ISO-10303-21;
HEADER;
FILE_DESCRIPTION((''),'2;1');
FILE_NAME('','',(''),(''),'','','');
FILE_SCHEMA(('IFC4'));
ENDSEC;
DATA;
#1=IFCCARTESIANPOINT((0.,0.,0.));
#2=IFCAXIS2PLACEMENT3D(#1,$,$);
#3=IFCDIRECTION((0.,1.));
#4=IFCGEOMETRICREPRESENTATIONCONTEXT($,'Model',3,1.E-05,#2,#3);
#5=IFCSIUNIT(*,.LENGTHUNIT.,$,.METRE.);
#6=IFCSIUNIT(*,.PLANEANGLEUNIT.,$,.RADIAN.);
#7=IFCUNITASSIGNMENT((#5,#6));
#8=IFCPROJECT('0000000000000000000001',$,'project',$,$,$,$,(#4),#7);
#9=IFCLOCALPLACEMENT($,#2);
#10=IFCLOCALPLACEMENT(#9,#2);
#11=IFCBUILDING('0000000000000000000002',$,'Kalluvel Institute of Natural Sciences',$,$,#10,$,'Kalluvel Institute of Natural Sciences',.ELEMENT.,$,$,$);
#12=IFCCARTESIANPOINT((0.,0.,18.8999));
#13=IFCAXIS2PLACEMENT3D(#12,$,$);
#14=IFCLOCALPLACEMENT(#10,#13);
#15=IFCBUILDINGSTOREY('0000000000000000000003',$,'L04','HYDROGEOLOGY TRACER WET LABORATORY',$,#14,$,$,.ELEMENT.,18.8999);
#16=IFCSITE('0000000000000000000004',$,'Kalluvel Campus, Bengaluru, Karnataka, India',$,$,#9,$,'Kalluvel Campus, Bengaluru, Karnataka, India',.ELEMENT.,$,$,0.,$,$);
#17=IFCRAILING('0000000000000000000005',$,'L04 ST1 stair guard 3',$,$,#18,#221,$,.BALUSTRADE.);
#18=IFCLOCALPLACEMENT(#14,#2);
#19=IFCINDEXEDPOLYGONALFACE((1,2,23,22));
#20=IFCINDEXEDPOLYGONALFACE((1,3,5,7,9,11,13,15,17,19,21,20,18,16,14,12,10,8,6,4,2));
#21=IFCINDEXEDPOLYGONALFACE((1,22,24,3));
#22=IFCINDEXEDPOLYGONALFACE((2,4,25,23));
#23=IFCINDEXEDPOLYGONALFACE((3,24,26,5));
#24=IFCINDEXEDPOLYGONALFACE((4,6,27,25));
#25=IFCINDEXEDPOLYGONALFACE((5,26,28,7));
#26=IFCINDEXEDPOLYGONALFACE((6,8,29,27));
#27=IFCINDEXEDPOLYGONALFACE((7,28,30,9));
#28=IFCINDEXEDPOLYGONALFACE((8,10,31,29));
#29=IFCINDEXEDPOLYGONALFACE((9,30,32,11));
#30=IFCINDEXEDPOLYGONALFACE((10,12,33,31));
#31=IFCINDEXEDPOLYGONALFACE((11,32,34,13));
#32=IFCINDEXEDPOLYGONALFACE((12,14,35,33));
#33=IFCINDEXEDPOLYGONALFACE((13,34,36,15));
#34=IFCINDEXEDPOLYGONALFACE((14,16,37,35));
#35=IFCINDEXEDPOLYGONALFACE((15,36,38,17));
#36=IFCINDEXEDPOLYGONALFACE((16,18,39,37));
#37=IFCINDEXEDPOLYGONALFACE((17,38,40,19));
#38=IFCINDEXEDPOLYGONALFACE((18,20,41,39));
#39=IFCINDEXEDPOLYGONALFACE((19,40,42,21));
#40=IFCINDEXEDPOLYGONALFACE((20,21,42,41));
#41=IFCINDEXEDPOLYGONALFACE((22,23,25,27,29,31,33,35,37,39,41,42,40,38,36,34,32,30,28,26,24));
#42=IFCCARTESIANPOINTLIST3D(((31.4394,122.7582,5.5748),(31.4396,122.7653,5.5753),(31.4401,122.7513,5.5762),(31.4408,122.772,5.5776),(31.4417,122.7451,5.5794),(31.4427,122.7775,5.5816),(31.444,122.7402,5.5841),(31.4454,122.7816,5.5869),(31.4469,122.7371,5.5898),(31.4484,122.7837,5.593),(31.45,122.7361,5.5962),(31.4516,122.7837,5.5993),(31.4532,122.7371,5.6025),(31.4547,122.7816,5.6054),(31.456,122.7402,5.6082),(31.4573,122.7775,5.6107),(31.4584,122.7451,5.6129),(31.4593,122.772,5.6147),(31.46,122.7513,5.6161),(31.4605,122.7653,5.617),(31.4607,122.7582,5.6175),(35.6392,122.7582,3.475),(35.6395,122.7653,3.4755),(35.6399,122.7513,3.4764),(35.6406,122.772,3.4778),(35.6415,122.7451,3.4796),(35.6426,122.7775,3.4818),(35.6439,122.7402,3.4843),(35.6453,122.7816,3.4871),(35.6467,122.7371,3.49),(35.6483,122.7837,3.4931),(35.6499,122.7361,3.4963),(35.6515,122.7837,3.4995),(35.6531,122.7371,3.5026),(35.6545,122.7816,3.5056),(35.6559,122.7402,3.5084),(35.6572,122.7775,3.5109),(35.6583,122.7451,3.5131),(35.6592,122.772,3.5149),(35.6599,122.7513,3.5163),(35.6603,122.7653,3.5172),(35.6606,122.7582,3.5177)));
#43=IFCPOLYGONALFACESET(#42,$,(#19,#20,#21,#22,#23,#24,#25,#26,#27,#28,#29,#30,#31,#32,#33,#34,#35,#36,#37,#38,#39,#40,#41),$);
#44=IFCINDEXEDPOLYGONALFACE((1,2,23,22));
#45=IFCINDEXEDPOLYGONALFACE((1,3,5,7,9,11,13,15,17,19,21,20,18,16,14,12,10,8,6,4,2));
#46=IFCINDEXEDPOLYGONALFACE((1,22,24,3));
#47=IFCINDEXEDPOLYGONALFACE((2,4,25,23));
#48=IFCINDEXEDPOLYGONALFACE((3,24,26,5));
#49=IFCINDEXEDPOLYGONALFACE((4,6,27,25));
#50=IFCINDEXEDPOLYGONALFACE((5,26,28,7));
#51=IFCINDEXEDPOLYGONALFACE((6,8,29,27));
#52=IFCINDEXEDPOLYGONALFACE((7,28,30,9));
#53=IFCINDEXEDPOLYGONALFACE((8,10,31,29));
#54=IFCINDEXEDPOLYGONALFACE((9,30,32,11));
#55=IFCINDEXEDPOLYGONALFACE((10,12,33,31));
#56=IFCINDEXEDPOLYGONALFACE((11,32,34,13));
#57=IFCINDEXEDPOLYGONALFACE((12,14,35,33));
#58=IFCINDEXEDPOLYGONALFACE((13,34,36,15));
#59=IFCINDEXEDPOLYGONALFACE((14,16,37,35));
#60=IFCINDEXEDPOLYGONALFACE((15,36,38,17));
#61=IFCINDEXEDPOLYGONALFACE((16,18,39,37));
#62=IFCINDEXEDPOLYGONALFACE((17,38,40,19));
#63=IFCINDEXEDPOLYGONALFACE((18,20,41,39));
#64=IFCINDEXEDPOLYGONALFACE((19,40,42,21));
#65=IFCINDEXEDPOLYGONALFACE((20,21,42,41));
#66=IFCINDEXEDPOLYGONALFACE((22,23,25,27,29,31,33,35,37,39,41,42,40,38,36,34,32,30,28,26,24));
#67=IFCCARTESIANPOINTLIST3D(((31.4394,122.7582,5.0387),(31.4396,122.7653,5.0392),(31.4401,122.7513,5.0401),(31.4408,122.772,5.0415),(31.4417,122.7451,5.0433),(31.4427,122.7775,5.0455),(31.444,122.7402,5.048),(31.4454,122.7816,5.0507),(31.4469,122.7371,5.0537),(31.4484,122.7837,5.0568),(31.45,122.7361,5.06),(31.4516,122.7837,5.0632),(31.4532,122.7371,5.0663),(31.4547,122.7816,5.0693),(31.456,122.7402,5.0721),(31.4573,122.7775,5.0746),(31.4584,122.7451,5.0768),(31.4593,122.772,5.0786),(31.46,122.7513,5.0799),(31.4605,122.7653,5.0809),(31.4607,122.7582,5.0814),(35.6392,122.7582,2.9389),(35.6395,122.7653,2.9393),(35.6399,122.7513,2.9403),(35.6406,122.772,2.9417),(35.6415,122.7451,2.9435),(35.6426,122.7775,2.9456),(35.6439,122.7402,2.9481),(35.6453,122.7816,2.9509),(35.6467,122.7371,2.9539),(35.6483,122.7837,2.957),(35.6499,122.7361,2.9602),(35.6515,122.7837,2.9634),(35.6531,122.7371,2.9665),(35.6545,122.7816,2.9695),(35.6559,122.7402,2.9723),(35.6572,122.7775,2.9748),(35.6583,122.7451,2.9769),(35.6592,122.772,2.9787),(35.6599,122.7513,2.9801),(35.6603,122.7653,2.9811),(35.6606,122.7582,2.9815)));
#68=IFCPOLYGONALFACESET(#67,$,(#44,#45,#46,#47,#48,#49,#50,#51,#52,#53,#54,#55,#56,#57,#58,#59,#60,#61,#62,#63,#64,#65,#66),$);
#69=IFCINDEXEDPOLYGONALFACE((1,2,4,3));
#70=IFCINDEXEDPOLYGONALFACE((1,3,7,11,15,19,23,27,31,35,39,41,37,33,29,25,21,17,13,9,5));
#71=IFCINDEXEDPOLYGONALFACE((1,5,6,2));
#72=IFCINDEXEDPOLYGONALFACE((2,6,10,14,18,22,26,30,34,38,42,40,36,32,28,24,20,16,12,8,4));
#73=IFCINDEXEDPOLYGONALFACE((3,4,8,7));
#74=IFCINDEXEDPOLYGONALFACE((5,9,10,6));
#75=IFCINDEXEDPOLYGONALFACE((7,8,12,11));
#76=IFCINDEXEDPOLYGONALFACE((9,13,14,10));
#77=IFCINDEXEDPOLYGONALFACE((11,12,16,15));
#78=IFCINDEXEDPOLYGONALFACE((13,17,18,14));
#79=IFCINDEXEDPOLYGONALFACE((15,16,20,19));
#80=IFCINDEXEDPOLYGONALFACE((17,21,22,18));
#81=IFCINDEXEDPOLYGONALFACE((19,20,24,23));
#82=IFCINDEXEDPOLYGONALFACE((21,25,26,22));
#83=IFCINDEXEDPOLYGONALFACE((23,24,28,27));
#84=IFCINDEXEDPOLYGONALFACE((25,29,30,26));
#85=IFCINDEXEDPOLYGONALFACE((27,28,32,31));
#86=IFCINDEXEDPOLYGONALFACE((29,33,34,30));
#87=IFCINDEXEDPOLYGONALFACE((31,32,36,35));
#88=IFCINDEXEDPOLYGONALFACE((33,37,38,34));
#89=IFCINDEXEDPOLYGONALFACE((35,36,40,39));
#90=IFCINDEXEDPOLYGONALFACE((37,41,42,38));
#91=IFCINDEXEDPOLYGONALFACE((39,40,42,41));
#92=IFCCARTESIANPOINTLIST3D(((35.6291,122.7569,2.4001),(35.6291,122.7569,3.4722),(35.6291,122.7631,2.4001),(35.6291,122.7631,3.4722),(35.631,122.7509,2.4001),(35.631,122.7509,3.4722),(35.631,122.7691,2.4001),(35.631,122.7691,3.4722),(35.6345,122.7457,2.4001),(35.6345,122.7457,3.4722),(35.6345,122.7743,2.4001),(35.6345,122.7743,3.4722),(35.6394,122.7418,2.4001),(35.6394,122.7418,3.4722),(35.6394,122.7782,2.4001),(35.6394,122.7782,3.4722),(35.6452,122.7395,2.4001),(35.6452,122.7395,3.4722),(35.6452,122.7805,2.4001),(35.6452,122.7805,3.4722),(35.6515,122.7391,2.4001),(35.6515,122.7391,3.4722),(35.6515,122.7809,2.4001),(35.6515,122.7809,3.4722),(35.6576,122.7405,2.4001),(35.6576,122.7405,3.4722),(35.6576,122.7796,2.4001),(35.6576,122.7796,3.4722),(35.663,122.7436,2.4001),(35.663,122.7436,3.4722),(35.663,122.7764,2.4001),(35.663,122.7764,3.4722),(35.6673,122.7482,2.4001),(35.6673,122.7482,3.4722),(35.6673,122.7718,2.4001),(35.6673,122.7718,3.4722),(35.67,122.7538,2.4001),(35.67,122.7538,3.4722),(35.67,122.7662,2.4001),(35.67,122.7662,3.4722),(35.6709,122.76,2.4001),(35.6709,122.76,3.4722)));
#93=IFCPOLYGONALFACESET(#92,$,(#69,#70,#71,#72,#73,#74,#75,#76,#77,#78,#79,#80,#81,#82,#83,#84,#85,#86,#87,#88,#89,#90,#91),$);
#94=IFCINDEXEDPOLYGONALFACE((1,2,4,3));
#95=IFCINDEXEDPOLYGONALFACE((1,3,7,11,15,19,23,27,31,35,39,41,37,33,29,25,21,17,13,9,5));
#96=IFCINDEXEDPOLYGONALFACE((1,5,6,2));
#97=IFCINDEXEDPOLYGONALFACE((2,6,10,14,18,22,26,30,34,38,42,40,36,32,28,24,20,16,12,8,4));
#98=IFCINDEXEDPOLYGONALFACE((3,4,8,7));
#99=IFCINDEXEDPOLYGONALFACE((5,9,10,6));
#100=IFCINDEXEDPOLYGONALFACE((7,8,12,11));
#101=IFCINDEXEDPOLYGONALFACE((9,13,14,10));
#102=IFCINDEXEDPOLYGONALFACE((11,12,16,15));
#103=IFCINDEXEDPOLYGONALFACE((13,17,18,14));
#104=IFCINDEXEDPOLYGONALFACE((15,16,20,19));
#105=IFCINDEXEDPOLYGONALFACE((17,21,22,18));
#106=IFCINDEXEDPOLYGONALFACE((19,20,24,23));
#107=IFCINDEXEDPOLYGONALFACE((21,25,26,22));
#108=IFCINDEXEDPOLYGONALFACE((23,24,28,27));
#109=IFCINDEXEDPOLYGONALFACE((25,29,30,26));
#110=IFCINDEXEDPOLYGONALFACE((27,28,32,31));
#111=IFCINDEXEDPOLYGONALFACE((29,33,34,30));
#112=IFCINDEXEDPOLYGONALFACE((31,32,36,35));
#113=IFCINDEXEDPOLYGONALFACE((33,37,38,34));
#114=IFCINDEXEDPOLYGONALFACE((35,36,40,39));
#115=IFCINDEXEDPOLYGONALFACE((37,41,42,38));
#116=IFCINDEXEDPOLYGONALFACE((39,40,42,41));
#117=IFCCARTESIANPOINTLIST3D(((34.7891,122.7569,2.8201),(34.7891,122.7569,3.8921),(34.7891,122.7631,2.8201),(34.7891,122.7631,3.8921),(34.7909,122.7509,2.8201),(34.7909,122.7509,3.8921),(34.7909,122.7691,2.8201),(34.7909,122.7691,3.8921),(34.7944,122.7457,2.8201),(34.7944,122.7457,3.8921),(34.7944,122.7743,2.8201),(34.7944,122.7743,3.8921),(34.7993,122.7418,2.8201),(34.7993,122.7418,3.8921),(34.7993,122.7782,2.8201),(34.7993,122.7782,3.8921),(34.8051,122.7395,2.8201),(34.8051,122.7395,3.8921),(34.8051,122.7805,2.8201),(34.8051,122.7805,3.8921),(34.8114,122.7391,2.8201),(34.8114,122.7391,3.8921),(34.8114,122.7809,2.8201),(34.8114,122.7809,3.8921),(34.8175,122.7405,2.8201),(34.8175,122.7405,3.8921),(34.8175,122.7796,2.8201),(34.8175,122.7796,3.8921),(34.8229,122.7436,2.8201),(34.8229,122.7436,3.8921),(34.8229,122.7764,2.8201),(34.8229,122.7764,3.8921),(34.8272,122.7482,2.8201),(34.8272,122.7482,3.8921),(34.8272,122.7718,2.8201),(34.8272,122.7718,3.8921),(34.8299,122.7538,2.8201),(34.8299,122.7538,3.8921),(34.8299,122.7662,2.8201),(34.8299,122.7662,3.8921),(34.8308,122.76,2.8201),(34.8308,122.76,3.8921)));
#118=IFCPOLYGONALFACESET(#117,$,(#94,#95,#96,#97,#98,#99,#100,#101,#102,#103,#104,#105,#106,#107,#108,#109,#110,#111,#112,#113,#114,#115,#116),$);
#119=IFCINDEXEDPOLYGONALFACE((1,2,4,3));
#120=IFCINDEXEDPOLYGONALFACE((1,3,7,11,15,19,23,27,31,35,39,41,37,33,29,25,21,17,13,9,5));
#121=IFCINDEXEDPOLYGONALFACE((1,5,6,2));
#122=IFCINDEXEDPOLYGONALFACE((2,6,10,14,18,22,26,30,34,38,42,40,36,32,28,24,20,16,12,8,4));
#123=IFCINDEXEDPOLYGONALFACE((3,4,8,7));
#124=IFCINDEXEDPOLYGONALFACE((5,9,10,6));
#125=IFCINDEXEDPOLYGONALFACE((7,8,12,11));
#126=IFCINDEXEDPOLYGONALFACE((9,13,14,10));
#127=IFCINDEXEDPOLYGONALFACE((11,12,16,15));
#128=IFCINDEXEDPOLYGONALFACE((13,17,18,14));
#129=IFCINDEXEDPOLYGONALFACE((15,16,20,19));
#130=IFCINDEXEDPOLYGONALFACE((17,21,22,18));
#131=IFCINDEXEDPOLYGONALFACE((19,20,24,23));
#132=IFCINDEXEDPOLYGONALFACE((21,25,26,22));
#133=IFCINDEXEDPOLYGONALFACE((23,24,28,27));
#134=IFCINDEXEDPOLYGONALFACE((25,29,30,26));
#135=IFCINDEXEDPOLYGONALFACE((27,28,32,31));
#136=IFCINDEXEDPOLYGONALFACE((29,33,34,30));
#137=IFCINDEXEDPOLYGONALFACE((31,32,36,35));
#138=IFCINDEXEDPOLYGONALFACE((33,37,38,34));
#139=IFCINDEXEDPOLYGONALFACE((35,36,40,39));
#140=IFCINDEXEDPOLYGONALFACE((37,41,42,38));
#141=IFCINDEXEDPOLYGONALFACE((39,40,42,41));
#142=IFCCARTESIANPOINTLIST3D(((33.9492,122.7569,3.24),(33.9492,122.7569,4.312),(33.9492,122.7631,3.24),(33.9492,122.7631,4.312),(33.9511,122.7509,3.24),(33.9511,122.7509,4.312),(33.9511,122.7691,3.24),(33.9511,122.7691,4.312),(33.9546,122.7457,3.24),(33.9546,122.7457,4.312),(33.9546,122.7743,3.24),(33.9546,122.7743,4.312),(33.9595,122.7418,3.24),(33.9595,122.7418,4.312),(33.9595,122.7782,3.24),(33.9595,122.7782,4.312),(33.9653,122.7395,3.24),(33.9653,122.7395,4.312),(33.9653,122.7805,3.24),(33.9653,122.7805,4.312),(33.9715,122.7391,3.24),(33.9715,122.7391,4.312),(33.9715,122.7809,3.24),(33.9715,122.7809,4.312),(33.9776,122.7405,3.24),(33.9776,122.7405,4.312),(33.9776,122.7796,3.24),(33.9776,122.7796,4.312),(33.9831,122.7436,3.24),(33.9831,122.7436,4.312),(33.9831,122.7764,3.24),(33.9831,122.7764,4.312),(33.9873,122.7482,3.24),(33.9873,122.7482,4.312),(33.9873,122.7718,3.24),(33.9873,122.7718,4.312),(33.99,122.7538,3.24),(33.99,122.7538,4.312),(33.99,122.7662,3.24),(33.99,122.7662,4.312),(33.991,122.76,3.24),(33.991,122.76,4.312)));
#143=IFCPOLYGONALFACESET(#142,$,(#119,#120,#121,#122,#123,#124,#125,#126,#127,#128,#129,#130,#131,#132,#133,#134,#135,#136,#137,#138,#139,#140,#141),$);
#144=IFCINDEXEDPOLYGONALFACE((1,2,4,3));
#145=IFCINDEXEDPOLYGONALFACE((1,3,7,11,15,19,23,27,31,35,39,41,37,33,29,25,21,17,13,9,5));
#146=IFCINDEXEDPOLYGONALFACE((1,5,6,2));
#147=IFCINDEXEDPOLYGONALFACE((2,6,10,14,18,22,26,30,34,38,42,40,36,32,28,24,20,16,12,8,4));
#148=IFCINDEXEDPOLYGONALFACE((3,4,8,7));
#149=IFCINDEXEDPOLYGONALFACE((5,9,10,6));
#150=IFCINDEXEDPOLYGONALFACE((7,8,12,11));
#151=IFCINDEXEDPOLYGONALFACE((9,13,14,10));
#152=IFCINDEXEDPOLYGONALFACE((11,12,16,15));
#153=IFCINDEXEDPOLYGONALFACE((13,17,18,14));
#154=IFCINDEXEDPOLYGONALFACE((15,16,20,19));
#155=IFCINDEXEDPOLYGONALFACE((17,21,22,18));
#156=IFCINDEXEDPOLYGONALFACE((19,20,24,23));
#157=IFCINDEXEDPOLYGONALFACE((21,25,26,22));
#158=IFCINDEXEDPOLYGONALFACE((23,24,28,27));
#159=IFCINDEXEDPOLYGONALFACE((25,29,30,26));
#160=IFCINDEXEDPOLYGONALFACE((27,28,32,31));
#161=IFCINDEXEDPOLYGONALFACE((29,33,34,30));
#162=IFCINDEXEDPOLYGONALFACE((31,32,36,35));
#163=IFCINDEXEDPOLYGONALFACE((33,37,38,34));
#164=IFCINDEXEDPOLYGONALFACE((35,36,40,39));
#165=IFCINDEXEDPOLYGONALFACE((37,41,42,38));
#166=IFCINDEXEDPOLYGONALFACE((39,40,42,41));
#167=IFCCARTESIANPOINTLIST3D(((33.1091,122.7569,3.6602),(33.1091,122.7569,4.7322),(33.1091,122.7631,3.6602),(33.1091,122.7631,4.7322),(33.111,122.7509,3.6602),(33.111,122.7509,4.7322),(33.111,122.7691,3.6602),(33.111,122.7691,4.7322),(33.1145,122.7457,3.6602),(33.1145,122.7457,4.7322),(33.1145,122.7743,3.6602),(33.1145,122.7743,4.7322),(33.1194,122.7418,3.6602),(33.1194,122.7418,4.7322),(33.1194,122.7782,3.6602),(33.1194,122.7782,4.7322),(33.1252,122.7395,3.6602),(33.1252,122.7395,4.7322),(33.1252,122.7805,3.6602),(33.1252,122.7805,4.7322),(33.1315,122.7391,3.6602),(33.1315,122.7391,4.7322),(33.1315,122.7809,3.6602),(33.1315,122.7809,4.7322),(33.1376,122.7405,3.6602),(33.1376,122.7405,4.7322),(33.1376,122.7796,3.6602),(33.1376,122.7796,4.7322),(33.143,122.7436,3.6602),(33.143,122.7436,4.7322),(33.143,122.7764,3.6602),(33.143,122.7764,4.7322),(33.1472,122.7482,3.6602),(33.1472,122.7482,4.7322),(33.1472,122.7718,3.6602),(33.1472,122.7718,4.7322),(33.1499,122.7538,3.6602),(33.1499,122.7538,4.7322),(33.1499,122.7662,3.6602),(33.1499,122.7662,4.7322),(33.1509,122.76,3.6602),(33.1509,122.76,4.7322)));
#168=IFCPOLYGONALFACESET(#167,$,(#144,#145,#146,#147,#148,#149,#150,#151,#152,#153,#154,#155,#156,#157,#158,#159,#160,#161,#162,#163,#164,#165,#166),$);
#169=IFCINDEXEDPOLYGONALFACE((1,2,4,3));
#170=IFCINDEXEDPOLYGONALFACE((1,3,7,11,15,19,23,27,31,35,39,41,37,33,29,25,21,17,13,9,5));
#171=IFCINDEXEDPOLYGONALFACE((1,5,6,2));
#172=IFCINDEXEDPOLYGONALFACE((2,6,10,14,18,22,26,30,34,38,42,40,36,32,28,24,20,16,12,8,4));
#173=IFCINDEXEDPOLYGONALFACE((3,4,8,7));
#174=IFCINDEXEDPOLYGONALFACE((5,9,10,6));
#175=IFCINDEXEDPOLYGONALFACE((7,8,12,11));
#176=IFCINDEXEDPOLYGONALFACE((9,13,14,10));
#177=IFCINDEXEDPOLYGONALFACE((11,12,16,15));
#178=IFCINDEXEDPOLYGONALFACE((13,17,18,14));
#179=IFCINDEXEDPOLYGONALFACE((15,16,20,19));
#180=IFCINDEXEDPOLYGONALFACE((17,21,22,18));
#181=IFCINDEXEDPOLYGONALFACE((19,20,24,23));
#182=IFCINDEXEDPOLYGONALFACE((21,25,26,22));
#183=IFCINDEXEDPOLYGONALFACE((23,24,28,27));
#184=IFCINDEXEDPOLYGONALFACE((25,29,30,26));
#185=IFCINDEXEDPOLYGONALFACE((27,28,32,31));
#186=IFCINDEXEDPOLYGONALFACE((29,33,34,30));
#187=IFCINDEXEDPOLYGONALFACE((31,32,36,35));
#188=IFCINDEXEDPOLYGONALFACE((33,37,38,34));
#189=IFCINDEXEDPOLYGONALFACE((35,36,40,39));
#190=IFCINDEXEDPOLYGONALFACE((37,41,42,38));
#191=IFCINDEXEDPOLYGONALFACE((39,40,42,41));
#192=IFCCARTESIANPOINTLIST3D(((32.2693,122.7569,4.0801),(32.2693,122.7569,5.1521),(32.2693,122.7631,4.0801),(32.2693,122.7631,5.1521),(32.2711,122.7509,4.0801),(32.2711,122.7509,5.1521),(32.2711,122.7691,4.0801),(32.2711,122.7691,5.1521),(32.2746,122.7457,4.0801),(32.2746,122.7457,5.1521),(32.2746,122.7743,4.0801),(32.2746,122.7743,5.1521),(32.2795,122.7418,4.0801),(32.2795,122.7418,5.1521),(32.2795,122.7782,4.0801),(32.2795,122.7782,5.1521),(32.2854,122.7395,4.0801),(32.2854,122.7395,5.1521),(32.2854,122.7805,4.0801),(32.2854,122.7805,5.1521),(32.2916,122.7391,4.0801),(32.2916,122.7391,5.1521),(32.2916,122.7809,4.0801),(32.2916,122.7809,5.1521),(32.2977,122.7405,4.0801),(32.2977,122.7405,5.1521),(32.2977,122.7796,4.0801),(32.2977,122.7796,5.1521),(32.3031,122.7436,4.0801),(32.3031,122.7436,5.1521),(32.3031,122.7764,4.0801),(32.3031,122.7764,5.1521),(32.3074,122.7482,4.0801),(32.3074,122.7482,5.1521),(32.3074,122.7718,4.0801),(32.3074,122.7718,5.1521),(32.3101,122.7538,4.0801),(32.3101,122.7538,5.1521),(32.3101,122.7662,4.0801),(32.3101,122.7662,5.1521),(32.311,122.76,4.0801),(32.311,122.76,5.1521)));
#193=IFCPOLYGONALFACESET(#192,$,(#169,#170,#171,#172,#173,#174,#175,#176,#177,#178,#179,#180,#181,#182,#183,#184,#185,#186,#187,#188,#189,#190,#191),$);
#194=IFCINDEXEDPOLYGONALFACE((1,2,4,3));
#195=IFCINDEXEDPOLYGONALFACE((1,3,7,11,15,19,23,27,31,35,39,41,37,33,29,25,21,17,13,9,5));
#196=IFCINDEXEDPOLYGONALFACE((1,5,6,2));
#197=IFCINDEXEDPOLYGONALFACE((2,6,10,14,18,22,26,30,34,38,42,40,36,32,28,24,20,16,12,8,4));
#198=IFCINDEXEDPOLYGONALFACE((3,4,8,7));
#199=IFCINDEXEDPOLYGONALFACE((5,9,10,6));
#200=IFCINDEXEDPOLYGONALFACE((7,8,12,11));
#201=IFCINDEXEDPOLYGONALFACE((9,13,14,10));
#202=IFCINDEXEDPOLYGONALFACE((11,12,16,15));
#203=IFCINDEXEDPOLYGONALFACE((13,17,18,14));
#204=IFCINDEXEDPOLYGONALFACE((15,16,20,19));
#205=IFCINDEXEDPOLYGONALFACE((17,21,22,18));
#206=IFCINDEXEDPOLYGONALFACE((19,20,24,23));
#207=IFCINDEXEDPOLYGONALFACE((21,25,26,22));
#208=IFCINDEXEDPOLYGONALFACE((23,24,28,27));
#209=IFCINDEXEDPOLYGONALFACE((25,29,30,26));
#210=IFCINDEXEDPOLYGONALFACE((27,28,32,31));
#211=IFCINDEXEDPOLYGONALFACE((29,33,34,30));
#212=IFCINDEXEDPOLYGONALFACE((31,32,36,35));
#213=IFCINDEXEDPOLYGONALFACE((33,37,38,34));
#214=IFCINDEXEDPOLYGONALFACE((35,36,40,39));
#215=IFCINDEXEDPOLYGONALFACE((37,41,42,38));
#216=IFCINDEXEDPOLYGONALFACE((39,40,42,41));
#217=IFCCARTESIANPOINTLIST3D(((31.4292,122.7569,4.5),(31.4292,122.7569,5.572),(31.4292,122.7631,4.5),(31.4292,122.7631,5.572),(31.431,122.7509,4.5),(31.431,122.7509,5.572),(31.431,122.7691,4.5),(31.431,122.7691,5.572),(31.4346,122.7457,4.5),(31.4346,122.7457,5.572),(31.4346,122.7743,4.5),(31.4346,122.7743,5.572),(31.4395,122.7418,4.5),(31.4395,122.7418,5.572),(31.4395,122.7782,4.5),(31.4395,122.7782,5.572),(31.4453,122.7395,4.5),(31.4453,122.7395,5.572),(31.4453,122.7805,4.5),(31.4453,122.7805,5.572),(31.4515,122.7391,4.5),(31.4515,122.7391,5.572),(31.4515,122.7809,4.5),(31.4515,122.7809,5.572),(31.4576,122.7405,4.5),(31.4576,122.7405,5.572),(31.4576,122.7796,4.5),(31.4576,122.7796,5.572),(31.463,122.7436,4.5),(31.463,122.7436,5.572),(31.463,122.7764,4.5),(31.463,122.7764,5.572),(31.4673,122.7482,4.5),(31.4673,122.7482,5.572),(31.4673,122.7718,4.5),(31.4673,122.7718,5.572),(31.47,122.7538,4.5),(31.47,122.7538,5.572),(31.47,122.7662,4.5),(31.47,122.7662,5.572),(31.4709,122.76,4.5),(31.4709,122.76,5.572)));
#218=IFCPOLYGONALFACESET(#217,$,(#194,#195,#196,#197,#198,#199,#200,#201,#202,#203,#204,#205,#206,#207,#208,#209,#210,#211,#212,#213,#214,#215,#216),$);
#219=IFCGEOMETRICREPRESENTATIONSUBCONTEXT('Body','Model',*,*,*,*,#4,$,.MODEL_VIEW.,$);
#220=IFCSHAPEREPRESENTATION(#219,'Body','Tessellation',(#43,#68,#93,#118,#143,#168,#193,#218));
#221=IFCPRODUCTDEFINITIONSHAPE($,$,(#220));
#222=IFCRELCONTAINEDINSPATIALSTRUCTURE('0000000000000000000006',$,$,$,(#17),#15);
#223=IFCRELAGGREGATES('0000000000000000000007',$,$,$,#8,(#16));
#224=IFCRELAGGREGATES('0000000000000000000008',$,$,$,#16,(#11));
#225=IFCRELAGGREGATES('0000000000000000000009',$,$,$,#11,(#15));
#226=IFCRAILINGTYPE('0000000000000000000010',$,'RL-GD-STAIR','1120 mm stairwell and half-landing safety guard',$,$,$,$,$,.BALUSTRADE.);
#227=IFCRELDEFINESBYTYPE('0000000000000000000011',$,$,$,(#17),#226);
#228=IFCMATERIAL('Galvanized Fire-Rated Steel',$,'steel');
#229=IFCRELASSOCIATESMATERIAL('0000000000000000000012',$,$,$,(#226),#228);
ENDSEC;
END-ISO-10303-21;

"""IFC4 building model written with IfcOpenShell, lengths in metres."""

from ifc_helpers import new_model, si_unit, direction, frame, origin, origin_2d, place, context, subcontext, project, spatial, circle, extrude, material, type_object, element, save


model = new_model("IFC4")

# Units and contexts
model_context = context("Model", 3, precision=1e-05, world=origin(), true_north=direction((0.0, 1.0)))
body_context = subcontext(model_context, "Body", "Model", "MODEL_VIEW")
ifc_project = project(units=[si_unit("LENGTHUNIT", "METRE"), si_unit("PLANEANGLEUNIT", "RADIAN")], contexts=[model_context])

# Site, building, storey
site_placement = place(None, origin())
site = spatial("IfcSite", under=ifc_project, at=site_placement, Name="Kalluvel Campus, Bengaluru, Karnataka, India", LongName="Kalluvel Campus, Bengaluru, Karnataka, India", CompositionType="ELEMENT", RefElevation=0.0)
building_placement = place(site_placement, origin())
building = spatial("IfcBuilding", under=site, at=building_placement, Name="Kalluvel Institute of Natural Sciences", LongName="Kalluvel Institute of Natural Sciences", CompositionType="ELEMENT")
storey_placement = place(building_placement, frame((0.0, 0.0, 18.8999)))
storey = spatial("IfcBuildingStorey", under=building, at=storey_placement, Name="L04", Description="HYDROGEOLOGY TRACER WET LABORATORY", CompositionType="ELEMENT", Elevation=18.8999)

# Shared definitions
ifc_material_1 = material(Name="Galvanized Fire-Rated Steel", Category="steel")

# Railing
railing_type_1 = type_object("IfcRailingType", Name="RL-GD-STAIR", Description="1120 mm stairwell and half-landing safety guard", PredefinedType="BALUSTRADE", material=ifc_material_1)
railing_1_placement = place(storey_placement, frame((35.6499, 122.76, 2.4001)))
element("IfcRailing", 1, at=railing_1_placement, inside=storey, type_object=railing_type_1, Name="L04 ST1 stair guard 3", PredefinedType="BALUSTRADE", context=body_context, shape_type="SweptSolid", body=[
    extrude(circle(Radius=0.0239, at=origin_2d()), frame((0.0, 0.0, 1.0962), z_axis=(-0.894438, 0.0, 0.447193), x_axis=(0.0, -1.0, 0.0)), (0.0, 0.0, 1.0), 4.6956),
    extrude(circle(Radius=0.0239, at=origin_2d()), frame((0.0, 0.0, 0.5601), z_axis=(-0.894438, 0.0, 0.447193), x_axis=(0.0, -1.0, 0.0)), (0.0, 0.0, 1.0), 4.6956),
    extrude(circle(Radius=0.021, at=origin_2d()), origin(), (0.0, 0.0, 1.0), 1.072),
    extrude(circle(Radius=0.021, at=origin_2d()), frame((-0.8401, 0.0, 0.4199)), (0.0, 0.0, 1.0), 1.072),
    extrude(circle(Radius=0.021, at=origin_2d()), frame((-1.6799, 0.0, 0.8398)), (0.0, 0.0, 1.0), 1.072),
    extrude(circle(Radius=0.021, at=origin_2d()), frame((-2.52, 0.0, 1.26)), (0.0, 0.0, 1.0), 1.072),
    extrude(circle(Radius=0.021, at=origin_2d()), frame((-3.3599, 0.0, 1.6799)), (0.0, 0.0, 1.0), 1.072),
    extrude(circle(Radius=0.021, at=origin_2d()), frame((-4.2, 0.0, 2.0999)), (0.0, 0.0, 1.0), 1.072),
])

save(model, "model.ifc")
